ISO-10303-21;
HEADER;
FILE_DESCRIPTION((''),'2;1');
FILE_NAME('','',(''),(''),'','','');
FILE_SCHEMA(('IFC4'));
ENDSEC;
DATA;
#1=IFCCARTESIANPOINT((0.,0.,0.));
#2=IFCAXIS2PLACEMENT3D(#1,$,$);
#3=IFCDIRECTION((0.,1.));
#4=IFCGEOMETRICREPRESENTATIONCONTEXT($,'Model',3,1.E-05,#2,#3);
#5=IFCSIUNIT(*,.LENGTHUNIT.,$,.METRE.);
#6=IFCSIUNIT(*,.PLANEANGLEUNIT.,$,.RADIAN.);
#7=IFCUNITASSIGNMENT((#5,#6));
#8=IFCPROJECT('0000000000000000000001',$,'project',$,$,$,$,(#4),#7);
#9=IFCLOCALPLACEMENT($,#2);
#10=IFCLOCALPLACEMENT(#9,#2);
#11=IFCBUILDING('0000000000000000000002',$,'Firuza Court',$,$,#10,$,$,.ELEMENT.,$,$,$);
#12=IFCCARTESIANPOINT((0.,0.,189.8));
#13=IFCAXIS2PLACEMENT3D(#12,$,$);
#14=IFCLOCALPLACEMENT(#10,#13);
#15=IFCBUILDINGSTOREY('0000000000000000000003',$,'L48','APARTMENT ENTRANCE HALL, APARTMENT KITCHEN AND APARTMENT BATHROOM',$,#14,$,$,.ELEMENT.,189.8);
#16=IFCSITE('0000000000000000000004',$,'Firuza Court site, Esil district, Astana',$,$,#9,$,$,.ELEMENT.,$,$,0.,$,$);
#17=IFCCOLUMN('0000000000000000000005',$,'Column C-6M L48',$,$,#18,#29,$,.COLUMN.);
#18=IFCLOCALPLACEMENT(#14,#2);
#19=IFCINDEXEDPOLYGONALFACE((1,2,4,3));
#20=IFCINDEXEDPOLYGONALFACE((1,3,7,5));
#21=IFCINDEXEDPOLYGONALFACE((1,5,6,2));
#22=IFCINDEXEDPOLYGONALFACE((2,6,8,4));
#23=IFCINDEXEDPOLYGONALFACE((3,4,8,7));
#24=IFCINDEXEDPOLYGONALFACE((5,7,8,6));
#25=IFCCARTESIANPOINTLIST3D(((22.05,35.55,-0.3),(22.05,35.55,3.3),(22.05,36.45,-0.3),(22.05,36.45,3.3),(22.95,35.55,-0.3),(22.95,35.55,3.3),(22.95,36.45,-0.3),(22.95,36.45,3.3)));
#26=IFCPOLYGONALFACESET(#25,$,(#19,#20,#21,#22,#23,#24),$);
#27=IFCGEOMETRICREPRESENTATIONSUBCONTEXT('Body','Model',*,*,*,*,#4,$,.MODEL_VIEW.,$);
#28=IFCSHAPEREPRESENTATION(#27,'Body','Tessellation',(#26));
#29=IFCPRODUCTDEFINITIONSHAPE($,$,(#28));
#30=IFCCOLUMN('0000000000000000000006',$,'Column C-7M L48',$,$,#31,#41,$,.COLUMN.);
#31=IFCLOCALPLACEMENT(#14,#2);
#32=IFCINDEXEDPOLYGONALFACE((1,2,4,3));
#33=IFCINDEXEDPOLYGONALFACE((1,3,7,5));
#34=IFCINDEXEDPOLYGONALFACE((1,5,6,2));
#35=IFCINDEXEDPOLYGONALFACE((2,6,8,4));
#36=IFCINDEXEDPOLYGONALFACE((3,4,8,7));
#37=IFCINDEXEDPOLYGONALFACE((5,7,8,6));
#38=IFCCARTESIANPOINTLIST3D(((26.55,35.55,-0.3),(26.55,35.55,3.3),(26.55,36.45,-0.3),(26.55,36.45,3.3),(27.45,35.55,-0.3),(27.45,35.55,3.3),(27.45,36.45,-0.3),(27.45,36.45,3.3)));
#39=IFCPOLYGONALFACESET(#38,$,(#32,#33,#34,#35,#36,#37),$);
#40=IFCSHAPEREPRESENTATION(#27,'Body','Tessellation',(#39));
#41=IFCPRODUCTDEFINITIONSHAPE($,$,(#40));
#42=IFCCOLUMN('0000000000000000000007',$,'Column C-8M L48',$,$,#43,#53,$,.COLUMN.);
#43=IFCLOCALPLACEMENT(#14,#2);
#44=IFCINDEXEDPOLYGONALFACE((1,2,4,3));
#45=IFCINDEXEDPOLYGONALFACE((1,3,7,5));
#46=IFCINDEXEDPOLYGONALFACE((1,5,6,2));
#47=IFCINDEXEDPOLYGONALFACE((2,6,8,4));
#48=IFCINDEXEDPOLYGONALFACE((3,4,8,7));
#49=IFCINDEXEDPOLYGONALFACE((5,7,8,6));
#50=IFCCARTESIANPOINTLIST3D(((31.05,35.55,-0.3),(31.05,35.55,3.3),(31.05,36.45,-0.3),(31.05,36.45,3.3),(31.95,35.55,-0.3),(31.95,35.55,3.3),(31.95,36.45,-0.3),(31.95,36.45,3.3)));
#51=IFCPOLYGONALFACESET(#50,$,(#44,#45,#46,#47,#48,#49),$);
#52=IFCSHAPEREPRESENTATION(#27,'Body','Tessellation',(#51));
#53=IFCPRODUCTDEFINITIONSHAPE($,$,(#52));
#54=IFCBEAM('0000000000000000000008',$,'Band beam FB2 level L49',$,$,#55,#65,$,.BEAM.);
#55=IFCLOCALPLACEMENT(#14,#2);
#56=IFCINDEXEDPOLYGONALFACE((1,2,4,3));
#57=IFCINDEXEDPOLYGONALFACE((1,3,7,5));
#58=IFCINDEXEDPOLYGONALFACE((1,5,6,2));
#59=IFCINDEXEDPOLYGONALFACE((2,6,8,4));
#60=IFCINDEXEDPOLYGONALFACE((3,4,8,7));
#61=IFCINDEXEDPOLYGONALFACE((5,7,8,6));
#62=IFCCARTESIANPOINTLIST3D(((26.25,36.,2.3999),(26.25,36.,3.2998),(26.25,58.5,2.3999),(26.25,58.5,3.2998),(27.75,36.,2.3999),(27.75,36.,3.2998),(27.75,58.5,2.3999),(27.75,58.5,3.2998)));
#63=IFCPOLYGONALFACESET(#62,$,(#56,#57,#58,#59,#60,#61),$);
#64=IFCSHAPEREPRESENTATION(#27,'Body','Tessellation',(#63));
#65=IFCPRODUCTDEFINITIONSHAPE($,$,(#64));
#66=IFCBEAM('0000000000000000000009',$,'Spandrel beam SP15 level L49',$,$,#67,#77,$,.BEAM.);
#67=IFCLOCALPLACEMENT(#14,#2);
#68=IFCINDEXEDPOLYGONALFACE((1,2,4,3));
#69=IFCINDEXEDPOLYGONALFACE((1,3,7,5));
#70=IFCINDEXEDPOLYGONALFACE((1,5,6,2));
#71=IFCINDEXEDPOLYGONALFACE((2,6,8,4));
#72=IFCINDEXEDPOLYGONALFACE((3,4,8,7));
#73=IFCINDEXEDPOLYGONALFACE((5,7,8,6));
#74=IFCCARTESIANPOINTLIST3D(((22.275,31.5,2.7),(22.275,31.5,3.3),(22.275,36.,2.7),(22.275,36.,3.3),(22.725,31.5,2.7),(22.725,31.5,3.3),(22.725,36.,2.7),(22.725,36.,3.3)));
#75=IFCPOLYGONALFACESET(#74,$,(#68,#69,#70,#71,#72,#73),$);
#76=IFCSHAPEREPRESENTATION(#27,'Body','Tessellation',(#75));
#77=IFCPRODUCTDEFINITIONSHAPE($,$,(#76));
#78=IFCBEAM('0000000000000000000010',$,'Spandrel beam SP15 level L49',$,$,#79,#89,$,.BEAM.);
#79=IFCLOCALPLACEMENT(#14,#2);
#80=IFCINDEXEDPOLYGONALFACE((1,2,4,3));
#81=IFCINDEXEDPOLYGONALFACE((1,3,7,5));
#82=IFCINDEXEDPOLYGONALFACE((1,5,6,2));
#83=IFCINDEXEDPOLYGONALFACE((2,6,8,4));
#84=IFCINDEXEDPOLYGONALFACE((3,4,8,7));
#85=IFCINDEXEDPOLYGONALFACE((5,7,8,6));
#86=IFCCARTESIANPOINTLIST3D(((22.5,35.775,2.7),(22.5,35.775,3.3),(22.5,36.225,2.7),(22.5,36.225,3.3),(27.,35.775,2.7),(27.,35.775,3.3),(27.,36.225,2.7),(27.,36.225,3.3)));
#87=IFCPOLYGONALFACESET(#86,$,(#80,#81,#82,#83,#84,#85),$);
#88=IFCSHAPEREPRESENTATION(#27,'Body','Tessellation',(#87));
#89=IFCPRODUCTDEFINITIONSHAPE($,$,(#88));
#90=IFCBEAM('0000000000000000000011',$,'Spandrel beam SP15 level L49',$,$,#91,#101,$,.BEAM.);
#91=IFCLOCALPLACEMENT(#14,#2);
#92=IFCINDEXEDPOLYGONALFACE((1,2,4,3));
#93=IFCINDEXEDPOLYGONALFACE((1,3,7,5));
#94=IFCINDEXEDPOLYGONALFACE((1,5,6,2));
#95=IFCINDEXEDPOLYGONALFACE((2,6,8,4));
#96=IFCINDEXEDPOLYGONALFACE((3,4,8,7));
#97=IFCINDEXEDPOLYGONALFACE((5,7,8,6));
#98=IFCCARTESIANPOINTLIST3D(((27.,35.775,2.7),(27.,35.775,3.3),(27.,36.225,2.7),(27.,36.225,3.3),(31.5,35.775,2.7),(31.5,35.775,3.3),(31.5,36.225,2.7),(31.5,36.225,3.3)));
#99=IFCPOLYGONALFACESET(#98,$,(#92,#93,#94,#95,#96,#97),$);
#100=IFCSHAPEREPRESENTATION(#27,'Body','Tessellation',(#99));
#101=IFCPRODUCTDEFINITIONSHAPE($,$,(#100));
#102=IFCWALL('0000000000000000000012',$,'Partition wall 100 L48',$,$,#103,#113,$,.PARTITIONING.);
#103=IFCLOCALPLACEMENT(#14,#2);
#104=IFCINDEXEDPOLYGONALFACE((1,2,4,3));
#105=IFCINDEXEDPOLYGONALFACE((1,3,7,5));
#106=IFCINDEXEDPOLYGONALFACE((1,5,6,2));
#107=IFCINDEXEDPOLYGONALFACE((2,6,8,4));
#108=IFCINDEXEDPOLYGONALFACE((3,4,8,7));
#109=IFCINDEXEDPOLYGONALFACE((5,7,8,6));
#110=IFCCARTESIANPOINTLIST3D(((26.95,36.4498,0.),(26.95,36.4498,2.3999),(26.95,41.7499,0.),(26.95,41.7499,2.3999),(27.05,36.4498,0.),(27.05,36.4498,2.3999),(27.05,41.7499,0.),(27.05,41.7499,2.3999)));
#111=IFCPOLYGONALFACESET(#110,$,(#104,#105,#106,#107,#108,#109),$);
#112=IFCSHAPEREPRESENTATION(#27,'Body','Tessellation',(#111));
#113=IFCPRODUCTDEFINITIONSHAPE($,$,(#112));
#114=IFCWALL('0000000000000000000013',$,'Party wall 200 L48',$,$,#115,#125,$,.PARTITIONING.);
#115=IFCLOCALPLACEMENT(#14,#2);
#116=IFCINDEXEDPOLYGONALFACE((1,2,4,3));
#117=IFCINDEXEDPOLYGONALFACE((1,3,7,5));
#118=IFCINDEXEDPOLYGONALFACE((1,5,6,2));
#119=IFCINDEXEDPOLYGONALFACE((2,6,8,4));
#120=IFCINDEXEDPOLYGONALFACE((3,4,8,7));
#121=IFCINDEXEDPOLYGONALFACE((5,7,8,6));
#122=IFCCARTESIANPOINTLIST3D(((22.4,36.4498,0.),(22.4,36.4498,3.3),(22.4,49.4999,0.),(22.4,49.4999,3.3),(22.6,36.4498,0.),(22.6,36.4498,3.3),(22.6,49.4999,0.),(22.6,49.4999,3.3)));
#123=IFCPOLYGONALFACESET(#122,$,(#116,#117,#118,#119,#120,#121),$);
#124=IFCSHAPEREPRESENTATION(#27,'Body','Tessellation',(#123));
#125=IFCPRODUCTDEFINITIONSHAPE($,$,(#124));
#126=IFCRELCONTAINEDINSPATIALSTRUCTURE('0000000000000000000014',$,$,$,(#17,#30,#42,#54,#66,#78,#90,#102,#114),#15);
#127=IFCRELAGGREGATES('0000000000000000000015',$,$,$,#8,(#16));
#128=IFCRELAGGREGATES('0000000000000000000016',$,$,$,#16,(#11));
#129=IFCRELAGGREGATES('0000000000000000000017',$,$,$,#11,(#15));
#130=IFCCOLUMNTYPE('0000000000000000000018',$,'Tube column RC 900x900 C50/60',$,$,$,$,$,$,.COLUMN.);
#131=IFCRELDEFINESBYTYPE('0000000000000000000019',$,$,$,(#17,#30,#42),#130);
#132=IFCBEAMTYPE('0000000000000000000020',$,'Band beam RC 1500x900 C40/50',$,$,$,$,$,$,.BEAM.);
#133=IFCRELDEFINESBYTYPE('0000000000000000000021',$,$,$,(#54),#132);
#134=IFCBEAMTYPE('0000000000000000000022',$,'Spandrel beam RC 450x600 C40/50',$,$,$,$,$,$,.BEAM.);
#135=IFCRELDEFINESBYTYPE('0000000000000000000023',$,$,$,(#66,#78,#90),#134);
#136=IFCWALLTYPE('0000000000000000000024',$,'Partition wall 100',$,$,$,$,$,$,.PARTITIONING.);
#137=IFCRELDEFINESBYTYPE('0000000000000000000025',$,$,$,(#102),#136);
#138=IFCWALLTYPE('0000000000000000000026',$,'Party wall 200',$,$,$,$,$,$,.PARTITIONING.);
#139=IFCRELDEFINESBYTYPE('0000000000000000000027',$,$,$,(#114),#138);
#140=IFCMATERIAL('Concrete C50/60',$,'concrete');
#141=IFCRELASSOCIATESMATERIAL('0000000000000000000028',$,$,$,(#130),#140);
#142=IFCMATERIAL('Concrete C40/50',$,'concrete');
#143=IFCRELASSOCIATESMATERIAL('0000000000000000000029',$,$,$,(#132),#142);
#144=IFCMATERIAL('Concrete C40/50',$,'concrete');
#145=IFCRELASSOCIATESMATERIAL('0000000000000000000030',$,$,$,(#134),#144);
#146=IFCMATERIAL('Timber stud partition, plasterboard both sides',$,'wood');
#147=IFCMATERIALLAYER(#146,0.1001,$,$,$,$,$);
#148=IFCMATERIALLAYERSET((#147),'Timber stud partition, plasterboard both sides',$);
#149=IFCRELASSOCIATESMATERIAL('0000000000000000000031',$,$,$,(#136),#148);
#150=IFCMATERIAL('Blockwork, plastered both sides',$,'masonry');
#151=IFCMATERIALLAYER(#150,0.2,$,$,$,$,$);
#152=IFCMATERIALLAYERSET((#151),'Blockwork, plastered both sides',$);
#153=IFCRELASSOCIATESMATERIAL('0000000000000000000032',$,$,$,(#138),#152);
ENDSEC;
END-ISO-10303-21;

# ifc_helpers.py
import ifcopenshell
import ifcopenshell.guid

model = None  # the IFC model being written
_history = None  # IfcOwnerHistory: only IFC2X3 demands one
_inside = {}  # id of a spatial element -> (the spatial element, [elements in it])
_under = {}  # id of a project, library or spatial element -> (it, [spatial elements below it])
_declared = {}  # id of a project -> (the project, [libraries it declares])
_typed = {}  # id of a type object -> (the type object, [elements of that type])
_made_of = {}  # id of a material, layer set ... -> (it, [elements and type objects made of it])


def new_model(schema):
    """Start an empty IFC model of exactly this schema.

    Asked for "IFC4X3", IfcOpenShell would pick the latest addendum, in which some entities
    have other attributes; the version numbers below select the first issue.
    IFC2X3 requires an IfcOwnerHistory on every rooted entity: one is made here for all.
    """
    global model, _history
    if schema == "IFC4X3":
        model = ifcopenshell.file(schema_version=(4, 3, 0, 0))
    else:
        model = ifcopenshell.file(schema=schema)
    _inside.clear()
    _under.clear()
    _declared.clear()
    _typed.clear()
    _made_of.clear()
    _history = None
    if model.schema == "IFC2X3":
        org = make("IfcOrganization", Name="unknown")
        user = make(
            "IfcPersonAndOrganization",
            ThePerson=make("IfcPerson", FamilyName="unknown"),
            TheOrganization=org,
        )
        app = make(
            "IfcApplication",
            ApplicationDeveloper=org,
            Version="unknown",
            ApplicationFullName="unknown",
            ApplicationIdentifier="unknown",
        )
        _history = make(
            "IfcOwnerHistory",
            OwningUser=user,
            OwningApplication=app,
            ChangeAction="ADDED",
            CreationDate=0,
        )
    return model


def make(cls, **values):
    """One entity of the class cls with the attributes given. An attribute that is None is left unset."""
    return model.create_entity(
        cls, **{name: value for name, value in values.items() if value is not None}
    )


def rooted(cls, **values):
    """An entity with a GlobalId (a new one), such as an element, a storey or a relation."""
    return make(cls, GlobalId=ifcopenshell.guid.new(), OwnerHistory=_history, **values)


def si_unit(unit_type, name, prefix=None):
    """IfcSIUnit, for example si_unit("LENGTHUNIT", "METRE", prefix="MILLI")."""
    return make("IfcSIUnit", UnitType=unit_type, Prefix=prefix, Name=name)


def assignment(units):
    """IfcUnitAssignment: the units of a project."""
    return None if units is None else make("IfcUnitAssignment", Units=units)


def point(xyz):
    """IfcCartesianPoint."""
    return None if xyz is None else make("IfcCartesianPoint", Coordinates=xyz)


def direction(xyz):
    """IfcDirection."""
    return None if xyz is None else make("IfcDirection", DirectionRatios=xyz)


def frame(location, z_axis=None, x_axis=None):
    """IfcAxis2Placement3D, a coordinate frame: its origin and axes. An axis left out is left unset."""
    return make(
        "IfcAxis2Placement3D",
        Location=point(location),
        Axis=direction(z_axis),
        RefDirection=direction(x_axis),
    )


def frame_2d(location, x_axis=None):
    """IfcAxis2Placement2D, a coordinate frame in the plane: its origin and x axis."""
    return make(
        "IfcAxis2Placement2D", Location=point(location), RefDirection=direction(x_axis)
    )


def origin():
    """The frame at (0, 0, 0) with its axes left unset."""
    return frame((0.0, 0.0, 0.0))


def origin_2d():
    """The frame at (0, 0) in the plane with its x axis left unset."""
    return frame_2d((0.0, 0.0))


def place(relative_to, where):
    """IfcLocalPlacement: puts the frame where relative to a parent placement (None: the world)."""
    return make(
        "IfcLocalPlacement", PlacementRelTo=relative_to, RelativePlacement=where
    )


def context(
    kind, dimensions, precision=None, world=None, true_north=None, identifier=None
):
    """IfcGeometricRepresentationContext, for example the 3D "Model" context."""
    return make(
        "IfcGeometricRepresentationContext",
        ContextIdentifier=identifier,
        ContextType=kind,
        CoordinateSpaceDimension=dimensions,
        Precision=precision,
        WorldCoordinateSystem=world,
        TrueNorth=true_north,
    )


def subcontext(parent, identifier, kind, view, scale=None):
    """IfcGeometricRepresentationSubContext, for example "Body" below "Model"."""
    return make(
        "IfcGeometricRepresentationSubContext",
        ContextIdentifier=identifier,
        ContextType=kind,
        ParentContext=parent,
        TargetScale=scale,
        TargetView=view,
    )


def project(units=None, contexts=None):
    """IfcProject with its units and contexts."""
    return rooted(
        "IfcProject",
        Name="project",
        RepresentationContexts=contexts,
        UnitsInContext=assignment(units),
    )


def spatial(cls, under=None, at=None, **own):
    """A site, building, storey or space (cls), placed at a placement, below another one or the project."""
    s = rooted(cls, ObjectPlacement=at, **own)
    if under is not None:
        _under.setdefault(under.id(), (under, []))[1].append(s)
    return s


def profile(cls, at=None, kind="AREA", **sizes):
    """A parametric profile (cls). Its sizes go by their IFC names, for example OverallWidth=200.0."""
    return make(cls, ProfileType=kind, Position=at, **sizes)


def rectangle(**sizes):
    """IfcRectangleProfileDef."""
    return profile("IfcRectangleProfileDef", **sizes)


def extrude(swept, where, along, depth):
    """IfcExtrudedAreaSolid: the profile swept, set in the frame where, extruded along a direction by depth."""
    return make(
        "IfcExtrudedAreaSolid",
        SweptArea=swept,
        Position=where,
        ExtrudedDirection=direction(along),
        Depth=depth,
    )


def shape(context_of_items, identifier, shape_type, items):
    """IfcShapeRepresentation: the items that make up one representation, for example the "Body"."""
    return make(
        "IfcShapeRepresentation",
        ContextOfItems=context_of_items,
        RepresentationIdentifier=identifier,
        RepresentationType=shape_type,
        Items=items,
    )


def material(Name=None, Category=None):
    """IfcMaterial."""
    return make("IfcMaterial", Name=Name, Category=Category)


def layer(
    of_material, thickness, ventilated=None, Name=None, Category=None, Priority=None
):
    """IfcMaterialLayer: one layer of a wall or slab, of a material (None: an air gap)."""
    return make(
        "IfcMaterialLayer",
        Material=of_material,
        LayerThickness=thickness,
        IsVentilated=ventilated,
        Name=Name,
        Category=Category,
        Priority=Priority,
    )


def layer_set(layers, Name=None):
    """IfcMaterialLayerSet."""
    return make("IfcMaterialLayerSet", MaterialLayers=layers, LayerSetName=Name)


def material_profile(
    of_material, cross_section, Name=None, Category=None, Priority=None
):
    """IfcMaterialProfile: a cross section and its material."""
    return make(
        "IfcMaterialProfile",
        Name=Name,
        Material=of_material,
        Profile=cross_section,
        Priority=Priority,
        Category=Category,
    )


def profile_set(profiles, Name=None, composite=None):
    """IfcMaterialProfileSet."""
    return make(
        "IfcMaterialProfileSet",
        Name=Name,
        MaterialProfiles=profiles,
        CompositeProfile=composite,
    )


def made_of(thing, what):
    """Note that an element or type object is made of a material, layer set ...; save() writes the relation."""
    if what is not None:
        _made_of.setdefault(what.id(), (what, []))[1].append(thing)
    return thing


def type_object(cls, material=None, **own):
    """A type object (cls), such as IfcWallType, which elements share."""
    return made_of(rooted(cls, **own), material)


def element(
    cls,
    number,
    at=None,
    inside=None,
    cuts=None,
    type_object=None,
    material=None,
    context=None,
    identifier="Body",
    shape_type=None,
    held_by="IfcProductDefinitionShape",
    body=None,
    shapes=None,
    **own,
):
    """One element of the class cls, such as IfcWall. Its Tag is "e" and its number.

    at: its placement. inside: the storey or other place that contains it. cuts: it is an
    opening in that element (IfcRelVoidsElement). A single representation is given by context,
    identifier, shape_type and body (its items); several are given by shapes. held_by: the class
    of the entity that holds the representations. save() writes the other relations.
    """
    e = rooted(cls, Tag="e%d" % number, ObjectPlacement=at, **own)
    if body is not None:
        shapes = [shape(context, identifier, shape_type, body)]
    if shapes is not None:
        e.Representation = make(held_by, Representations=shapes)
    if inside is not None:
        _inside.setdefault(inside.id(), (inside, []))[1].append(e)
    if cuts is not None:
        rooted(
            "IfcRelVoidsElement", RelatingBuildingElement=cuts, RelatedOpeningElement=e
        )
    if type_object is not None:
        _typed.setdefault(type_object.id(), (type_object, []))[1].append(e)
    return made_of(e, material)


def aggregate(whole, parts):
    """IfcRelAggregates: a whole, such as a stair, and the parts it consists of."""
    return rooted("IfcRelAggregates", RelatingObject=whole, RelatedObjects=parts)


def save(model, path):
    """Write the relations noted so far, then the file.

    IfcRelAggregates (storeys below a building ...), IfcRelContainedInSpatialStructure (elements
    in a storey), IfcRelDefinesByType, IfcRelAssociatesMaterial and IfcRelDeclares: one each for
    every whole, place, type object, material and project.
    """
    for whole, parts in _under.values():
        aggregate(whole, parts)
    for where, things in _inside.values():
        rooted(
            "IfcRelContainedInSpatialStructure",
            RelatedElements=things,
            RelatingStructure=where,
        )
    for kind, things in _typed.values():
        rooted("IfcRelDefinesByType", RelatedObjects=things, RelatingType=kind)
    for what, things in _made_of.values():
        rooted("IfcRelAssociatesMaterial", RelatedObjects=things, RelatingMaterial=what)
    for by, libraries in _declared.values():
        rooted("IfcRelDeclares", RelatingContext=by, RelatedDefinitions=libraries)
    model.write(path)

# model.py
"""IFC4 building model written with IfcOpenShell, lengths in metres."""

from ifc_helpers import new_model, si_unit, direction, frame, frame_2d, origin, origin_2d, place, context, subcontext, project, spatial, rectangle, extrude, material, layer, layer_set, material_profile, profile_set, type_object, element, save


model = new_model("IFC4")

# Units and contexts
model_context = context("Model", 3, precision=1e-05, world=origin(), true_north=direction((0.0, 1.0)))
body_context = subcontext(model_context, "Body", "Model", "MODEL_VIEW")
ifc_project = project(units=[si_unit("LENGTHUNIT", "METRE"), si_unit("PLANEANGLEUNIT", "RADIAN")], contexts=[model_context])

# Site, building, storey
site_placement = place(None, origin())
site = spatial("IfcSite", under=ifc_project, at=site_placement, Name="Firuza Court site, Esil district, Astana", CompositionType="ELEMENT", RefElevation=0.0)
building_placement = place(site_placement, origin())
building = spatial("IfcBuilding", under=site, at=building_placement, Name="Firuza Court", CompositionType="ELEMENT")
storey_placement = place(building_placement, frame((0.0, 0.0, 189.8)))
storey = spatial("IfcBuildingStorey", under=building, at=storey_placement, Name="L48", Description="APARTMENT ENTRANCE HALL, APARTMENT KITCHEN AND APARTMENT BATHROOM", CompositionType="ELEMENT", Elevation=189.8)

# Columns
ifc_material_1 = material(Name="Concrete C50/60", Category="concrete")
ifc_material_profile_1 = material_profile(ifc_material_1, rectangle(XDim=0.8999, YDim=0.8999, at=origin_2d()), Name="RC 900x900")
ifc_profile_set_1 = profile_set([ifc_material_profile_1], Name="Concrete C50/60")
column_type = type_object("IfcColumnType", Name="Tube column RC 900x900 C50/60", PredefinedType="COLUMN", material=ifc_profile_set_1)
for number, where, z_axis, x_axis, name in (
    (1, (22.5, 36.0, -0.3), (0.0, 0.0, 1.0), (1.0, 0.0, 0.0), "Column C-6M L48"),
    (2, (27.0, 36.0, -0.3), (0.0, 0.0, 1.0), (1.0, 0.0, 0.0), "Column C-7M L48"),
    (3, (31.5, 36.0, -0.3), (0.0, 0.0, 1.0), (1.0, 0.0, 0.0), "Column C-8M L48"),
):
    element("IfcColumn", number, at=place(storey_placement, frame(where, z_axis=z_axis, x_axis=x_axis)), inside=storey, type_object=column_type, Name=name, PredefinedType="COLUMN", context=body_context, shape_type="SweptSolid", body=[
        extrude(rectangle(XDim=0.8999, YDim=0.8999, at=origin_2d()), origin(), (0.0, 0.0, 1.0), 3.6001),
    ])

# Beams
ifc_material_2 = material(Name="Concrete C40/50", Category="concrete")
ifc_material_profile_2 = material_profile(ifc_material_2, rectangle(XDim=1.5, YDim=0.8999, at=origin_2d()), Name="RC 1500x900")
ifc_profile_set_2 = profile_set([ifc_material_profile_2], Name="Concrete C40/50")
beam_type_1 = type_object("IfcBeamType", Name="Band beam RC 1500x900 C40/50", PredefinedType="BEAM", material=ifc_profile_set_2)
beam_placement = place(storey_placement, frame((27.0, 36.0, 2.8499), z_axis=(0.0, 1.0, 0.0), x_axis=(-1.0, 0.0, 0.0)))
element("IfcBeam", 4, at=beam_placement, inside=storey, type_object=beam_type_1, Name="Band beam FB2 level L49", PredefinedType="BEAM", context=body_context, shape_type="SweptSolid", body=[
    extrude(rectangle(XDim=1.5, YDim=0.8999, at=origin_2d()), origin(), (0.0, 0.0, 1.0), 22.5),
])
ifc_material_3 = material(Name="Concrete C40/50", Category="concrete")
ifc_material_profile_3 = material_profile(ifc_material_3, rectangle(XDim=0.45, YDim=0.6001, at=origin_2d()), Name="RC 450x600")
ifc_profile_set_3 = profile_set([ifc_material_profile_3], Name="Concrete C40/50")
beam_type_2 = type_object("IfcBeamType", Name="Spandrel beam RC 450x600 C40/50", PredefinedType="BEAM", material=ifc_profile_set_3)
for number, where, z_axis, x_axis, name in (
    (5, (22.5, 31.5, 3.0), (0.0, 1.0, 0.0), (-1.0, 0.0, 0.0), "Spandrel beam SP15 level L49"),
    (6, (22.5, 36.0, 3.0), (1.0, 0.0, 0.0), (0.0, 1.0, 0.0), "Spandrel beam SP15 level L49"),
    (7, (27.0, 36.0, 3.0), (1.0, 0.0, 0.0), (0.0, 1.0, 0.0), "Spandrel beam SP15 level L49"),
):
    element("IfcBeam", number, at=place(storey_placement, frame(where, z_axis=z_axis, x_axis=x_axis)), inside=storey, type_object=beam_type_2, Name=name, PredefinedType="BEAM", context=body_context, shape_type="SweptSolid", body=[
        extrude(rectangle(XDim=0.45, YDim=0.6001, at=origin_2d()), origin(), (0.0, 0.0, 1.0), 4.5),
    ])

# Walls
ifc_material_4 = material(Name="Timber stud partition, plasterboard both sides", Category="wood")
ifc_layer_1 = layer(ifc_material_4, 0.1001)
ifc_layer_set_1 = layer_set([ifc_layer_1], Name="Timber stud partition, plasterboard both sides")
wall_type_1 = type_object("IfcWallType", Name="Partition wall 100", PredefinedType="PARTITIONING", material=ifc_layer_set_1)
wall_1_placement = place(storey_placement, frame((27.0, 36.45, 0.0), z_axis=(0.0, 0.0, 1.0), x_axis=(0.0, 1.0, 0.0)))
element("IfcWall", 8, at=wall_1_placement, inside=storey, type_object=wall_type_1, Name="Partition wall 100 L48", PredefinedType="PARTITIONING", context=body_context, shape_type="SweptSolid", body=[
    extrude(rectangle(XDim=5.3, YDim=0.1001, at=frame_2d((2.6499, 0.0))), origin(), (0.0, 0.0, 1.0), 2.3999),
])
ifc_material_5 = material(Name="Blockwork, plastered both sides", Category="masonry")
ifc_layer_2 = layer(ifc_material_5, 0.2)
ifc_layer_set_2 = layer_set([ifc_layer_2], Name="Blockwork, plastered both sides")
wall_type_2 = type_object("IfcWallType", Name="Party wall 200", PredefinedType="PARTITIONING", material=ifc_layer_set_2)
wall_2_placement = place(storey_placement, frame((22.5, 36.45, 0.0), z_axis=(0.0, 0.0, 1.0), x_axis=(0.0, 1.0, 0.0)))
element("IfcWall", 9, at=wall_2_placement, inside=storey, type_object=wall_type_2, Name="Party wall 200 L48", PredefinedType="PARTITIONING", context=body_context, shape_type="SweptSolid", body=[
    extrude(rectangle(XDim=13.05, YDim=0.2, at=frame_2d((6.5249, 0.0))), origin(), (0.0, 0.0, 1.0), 3.3),
])

save(model, "model.ifc")
